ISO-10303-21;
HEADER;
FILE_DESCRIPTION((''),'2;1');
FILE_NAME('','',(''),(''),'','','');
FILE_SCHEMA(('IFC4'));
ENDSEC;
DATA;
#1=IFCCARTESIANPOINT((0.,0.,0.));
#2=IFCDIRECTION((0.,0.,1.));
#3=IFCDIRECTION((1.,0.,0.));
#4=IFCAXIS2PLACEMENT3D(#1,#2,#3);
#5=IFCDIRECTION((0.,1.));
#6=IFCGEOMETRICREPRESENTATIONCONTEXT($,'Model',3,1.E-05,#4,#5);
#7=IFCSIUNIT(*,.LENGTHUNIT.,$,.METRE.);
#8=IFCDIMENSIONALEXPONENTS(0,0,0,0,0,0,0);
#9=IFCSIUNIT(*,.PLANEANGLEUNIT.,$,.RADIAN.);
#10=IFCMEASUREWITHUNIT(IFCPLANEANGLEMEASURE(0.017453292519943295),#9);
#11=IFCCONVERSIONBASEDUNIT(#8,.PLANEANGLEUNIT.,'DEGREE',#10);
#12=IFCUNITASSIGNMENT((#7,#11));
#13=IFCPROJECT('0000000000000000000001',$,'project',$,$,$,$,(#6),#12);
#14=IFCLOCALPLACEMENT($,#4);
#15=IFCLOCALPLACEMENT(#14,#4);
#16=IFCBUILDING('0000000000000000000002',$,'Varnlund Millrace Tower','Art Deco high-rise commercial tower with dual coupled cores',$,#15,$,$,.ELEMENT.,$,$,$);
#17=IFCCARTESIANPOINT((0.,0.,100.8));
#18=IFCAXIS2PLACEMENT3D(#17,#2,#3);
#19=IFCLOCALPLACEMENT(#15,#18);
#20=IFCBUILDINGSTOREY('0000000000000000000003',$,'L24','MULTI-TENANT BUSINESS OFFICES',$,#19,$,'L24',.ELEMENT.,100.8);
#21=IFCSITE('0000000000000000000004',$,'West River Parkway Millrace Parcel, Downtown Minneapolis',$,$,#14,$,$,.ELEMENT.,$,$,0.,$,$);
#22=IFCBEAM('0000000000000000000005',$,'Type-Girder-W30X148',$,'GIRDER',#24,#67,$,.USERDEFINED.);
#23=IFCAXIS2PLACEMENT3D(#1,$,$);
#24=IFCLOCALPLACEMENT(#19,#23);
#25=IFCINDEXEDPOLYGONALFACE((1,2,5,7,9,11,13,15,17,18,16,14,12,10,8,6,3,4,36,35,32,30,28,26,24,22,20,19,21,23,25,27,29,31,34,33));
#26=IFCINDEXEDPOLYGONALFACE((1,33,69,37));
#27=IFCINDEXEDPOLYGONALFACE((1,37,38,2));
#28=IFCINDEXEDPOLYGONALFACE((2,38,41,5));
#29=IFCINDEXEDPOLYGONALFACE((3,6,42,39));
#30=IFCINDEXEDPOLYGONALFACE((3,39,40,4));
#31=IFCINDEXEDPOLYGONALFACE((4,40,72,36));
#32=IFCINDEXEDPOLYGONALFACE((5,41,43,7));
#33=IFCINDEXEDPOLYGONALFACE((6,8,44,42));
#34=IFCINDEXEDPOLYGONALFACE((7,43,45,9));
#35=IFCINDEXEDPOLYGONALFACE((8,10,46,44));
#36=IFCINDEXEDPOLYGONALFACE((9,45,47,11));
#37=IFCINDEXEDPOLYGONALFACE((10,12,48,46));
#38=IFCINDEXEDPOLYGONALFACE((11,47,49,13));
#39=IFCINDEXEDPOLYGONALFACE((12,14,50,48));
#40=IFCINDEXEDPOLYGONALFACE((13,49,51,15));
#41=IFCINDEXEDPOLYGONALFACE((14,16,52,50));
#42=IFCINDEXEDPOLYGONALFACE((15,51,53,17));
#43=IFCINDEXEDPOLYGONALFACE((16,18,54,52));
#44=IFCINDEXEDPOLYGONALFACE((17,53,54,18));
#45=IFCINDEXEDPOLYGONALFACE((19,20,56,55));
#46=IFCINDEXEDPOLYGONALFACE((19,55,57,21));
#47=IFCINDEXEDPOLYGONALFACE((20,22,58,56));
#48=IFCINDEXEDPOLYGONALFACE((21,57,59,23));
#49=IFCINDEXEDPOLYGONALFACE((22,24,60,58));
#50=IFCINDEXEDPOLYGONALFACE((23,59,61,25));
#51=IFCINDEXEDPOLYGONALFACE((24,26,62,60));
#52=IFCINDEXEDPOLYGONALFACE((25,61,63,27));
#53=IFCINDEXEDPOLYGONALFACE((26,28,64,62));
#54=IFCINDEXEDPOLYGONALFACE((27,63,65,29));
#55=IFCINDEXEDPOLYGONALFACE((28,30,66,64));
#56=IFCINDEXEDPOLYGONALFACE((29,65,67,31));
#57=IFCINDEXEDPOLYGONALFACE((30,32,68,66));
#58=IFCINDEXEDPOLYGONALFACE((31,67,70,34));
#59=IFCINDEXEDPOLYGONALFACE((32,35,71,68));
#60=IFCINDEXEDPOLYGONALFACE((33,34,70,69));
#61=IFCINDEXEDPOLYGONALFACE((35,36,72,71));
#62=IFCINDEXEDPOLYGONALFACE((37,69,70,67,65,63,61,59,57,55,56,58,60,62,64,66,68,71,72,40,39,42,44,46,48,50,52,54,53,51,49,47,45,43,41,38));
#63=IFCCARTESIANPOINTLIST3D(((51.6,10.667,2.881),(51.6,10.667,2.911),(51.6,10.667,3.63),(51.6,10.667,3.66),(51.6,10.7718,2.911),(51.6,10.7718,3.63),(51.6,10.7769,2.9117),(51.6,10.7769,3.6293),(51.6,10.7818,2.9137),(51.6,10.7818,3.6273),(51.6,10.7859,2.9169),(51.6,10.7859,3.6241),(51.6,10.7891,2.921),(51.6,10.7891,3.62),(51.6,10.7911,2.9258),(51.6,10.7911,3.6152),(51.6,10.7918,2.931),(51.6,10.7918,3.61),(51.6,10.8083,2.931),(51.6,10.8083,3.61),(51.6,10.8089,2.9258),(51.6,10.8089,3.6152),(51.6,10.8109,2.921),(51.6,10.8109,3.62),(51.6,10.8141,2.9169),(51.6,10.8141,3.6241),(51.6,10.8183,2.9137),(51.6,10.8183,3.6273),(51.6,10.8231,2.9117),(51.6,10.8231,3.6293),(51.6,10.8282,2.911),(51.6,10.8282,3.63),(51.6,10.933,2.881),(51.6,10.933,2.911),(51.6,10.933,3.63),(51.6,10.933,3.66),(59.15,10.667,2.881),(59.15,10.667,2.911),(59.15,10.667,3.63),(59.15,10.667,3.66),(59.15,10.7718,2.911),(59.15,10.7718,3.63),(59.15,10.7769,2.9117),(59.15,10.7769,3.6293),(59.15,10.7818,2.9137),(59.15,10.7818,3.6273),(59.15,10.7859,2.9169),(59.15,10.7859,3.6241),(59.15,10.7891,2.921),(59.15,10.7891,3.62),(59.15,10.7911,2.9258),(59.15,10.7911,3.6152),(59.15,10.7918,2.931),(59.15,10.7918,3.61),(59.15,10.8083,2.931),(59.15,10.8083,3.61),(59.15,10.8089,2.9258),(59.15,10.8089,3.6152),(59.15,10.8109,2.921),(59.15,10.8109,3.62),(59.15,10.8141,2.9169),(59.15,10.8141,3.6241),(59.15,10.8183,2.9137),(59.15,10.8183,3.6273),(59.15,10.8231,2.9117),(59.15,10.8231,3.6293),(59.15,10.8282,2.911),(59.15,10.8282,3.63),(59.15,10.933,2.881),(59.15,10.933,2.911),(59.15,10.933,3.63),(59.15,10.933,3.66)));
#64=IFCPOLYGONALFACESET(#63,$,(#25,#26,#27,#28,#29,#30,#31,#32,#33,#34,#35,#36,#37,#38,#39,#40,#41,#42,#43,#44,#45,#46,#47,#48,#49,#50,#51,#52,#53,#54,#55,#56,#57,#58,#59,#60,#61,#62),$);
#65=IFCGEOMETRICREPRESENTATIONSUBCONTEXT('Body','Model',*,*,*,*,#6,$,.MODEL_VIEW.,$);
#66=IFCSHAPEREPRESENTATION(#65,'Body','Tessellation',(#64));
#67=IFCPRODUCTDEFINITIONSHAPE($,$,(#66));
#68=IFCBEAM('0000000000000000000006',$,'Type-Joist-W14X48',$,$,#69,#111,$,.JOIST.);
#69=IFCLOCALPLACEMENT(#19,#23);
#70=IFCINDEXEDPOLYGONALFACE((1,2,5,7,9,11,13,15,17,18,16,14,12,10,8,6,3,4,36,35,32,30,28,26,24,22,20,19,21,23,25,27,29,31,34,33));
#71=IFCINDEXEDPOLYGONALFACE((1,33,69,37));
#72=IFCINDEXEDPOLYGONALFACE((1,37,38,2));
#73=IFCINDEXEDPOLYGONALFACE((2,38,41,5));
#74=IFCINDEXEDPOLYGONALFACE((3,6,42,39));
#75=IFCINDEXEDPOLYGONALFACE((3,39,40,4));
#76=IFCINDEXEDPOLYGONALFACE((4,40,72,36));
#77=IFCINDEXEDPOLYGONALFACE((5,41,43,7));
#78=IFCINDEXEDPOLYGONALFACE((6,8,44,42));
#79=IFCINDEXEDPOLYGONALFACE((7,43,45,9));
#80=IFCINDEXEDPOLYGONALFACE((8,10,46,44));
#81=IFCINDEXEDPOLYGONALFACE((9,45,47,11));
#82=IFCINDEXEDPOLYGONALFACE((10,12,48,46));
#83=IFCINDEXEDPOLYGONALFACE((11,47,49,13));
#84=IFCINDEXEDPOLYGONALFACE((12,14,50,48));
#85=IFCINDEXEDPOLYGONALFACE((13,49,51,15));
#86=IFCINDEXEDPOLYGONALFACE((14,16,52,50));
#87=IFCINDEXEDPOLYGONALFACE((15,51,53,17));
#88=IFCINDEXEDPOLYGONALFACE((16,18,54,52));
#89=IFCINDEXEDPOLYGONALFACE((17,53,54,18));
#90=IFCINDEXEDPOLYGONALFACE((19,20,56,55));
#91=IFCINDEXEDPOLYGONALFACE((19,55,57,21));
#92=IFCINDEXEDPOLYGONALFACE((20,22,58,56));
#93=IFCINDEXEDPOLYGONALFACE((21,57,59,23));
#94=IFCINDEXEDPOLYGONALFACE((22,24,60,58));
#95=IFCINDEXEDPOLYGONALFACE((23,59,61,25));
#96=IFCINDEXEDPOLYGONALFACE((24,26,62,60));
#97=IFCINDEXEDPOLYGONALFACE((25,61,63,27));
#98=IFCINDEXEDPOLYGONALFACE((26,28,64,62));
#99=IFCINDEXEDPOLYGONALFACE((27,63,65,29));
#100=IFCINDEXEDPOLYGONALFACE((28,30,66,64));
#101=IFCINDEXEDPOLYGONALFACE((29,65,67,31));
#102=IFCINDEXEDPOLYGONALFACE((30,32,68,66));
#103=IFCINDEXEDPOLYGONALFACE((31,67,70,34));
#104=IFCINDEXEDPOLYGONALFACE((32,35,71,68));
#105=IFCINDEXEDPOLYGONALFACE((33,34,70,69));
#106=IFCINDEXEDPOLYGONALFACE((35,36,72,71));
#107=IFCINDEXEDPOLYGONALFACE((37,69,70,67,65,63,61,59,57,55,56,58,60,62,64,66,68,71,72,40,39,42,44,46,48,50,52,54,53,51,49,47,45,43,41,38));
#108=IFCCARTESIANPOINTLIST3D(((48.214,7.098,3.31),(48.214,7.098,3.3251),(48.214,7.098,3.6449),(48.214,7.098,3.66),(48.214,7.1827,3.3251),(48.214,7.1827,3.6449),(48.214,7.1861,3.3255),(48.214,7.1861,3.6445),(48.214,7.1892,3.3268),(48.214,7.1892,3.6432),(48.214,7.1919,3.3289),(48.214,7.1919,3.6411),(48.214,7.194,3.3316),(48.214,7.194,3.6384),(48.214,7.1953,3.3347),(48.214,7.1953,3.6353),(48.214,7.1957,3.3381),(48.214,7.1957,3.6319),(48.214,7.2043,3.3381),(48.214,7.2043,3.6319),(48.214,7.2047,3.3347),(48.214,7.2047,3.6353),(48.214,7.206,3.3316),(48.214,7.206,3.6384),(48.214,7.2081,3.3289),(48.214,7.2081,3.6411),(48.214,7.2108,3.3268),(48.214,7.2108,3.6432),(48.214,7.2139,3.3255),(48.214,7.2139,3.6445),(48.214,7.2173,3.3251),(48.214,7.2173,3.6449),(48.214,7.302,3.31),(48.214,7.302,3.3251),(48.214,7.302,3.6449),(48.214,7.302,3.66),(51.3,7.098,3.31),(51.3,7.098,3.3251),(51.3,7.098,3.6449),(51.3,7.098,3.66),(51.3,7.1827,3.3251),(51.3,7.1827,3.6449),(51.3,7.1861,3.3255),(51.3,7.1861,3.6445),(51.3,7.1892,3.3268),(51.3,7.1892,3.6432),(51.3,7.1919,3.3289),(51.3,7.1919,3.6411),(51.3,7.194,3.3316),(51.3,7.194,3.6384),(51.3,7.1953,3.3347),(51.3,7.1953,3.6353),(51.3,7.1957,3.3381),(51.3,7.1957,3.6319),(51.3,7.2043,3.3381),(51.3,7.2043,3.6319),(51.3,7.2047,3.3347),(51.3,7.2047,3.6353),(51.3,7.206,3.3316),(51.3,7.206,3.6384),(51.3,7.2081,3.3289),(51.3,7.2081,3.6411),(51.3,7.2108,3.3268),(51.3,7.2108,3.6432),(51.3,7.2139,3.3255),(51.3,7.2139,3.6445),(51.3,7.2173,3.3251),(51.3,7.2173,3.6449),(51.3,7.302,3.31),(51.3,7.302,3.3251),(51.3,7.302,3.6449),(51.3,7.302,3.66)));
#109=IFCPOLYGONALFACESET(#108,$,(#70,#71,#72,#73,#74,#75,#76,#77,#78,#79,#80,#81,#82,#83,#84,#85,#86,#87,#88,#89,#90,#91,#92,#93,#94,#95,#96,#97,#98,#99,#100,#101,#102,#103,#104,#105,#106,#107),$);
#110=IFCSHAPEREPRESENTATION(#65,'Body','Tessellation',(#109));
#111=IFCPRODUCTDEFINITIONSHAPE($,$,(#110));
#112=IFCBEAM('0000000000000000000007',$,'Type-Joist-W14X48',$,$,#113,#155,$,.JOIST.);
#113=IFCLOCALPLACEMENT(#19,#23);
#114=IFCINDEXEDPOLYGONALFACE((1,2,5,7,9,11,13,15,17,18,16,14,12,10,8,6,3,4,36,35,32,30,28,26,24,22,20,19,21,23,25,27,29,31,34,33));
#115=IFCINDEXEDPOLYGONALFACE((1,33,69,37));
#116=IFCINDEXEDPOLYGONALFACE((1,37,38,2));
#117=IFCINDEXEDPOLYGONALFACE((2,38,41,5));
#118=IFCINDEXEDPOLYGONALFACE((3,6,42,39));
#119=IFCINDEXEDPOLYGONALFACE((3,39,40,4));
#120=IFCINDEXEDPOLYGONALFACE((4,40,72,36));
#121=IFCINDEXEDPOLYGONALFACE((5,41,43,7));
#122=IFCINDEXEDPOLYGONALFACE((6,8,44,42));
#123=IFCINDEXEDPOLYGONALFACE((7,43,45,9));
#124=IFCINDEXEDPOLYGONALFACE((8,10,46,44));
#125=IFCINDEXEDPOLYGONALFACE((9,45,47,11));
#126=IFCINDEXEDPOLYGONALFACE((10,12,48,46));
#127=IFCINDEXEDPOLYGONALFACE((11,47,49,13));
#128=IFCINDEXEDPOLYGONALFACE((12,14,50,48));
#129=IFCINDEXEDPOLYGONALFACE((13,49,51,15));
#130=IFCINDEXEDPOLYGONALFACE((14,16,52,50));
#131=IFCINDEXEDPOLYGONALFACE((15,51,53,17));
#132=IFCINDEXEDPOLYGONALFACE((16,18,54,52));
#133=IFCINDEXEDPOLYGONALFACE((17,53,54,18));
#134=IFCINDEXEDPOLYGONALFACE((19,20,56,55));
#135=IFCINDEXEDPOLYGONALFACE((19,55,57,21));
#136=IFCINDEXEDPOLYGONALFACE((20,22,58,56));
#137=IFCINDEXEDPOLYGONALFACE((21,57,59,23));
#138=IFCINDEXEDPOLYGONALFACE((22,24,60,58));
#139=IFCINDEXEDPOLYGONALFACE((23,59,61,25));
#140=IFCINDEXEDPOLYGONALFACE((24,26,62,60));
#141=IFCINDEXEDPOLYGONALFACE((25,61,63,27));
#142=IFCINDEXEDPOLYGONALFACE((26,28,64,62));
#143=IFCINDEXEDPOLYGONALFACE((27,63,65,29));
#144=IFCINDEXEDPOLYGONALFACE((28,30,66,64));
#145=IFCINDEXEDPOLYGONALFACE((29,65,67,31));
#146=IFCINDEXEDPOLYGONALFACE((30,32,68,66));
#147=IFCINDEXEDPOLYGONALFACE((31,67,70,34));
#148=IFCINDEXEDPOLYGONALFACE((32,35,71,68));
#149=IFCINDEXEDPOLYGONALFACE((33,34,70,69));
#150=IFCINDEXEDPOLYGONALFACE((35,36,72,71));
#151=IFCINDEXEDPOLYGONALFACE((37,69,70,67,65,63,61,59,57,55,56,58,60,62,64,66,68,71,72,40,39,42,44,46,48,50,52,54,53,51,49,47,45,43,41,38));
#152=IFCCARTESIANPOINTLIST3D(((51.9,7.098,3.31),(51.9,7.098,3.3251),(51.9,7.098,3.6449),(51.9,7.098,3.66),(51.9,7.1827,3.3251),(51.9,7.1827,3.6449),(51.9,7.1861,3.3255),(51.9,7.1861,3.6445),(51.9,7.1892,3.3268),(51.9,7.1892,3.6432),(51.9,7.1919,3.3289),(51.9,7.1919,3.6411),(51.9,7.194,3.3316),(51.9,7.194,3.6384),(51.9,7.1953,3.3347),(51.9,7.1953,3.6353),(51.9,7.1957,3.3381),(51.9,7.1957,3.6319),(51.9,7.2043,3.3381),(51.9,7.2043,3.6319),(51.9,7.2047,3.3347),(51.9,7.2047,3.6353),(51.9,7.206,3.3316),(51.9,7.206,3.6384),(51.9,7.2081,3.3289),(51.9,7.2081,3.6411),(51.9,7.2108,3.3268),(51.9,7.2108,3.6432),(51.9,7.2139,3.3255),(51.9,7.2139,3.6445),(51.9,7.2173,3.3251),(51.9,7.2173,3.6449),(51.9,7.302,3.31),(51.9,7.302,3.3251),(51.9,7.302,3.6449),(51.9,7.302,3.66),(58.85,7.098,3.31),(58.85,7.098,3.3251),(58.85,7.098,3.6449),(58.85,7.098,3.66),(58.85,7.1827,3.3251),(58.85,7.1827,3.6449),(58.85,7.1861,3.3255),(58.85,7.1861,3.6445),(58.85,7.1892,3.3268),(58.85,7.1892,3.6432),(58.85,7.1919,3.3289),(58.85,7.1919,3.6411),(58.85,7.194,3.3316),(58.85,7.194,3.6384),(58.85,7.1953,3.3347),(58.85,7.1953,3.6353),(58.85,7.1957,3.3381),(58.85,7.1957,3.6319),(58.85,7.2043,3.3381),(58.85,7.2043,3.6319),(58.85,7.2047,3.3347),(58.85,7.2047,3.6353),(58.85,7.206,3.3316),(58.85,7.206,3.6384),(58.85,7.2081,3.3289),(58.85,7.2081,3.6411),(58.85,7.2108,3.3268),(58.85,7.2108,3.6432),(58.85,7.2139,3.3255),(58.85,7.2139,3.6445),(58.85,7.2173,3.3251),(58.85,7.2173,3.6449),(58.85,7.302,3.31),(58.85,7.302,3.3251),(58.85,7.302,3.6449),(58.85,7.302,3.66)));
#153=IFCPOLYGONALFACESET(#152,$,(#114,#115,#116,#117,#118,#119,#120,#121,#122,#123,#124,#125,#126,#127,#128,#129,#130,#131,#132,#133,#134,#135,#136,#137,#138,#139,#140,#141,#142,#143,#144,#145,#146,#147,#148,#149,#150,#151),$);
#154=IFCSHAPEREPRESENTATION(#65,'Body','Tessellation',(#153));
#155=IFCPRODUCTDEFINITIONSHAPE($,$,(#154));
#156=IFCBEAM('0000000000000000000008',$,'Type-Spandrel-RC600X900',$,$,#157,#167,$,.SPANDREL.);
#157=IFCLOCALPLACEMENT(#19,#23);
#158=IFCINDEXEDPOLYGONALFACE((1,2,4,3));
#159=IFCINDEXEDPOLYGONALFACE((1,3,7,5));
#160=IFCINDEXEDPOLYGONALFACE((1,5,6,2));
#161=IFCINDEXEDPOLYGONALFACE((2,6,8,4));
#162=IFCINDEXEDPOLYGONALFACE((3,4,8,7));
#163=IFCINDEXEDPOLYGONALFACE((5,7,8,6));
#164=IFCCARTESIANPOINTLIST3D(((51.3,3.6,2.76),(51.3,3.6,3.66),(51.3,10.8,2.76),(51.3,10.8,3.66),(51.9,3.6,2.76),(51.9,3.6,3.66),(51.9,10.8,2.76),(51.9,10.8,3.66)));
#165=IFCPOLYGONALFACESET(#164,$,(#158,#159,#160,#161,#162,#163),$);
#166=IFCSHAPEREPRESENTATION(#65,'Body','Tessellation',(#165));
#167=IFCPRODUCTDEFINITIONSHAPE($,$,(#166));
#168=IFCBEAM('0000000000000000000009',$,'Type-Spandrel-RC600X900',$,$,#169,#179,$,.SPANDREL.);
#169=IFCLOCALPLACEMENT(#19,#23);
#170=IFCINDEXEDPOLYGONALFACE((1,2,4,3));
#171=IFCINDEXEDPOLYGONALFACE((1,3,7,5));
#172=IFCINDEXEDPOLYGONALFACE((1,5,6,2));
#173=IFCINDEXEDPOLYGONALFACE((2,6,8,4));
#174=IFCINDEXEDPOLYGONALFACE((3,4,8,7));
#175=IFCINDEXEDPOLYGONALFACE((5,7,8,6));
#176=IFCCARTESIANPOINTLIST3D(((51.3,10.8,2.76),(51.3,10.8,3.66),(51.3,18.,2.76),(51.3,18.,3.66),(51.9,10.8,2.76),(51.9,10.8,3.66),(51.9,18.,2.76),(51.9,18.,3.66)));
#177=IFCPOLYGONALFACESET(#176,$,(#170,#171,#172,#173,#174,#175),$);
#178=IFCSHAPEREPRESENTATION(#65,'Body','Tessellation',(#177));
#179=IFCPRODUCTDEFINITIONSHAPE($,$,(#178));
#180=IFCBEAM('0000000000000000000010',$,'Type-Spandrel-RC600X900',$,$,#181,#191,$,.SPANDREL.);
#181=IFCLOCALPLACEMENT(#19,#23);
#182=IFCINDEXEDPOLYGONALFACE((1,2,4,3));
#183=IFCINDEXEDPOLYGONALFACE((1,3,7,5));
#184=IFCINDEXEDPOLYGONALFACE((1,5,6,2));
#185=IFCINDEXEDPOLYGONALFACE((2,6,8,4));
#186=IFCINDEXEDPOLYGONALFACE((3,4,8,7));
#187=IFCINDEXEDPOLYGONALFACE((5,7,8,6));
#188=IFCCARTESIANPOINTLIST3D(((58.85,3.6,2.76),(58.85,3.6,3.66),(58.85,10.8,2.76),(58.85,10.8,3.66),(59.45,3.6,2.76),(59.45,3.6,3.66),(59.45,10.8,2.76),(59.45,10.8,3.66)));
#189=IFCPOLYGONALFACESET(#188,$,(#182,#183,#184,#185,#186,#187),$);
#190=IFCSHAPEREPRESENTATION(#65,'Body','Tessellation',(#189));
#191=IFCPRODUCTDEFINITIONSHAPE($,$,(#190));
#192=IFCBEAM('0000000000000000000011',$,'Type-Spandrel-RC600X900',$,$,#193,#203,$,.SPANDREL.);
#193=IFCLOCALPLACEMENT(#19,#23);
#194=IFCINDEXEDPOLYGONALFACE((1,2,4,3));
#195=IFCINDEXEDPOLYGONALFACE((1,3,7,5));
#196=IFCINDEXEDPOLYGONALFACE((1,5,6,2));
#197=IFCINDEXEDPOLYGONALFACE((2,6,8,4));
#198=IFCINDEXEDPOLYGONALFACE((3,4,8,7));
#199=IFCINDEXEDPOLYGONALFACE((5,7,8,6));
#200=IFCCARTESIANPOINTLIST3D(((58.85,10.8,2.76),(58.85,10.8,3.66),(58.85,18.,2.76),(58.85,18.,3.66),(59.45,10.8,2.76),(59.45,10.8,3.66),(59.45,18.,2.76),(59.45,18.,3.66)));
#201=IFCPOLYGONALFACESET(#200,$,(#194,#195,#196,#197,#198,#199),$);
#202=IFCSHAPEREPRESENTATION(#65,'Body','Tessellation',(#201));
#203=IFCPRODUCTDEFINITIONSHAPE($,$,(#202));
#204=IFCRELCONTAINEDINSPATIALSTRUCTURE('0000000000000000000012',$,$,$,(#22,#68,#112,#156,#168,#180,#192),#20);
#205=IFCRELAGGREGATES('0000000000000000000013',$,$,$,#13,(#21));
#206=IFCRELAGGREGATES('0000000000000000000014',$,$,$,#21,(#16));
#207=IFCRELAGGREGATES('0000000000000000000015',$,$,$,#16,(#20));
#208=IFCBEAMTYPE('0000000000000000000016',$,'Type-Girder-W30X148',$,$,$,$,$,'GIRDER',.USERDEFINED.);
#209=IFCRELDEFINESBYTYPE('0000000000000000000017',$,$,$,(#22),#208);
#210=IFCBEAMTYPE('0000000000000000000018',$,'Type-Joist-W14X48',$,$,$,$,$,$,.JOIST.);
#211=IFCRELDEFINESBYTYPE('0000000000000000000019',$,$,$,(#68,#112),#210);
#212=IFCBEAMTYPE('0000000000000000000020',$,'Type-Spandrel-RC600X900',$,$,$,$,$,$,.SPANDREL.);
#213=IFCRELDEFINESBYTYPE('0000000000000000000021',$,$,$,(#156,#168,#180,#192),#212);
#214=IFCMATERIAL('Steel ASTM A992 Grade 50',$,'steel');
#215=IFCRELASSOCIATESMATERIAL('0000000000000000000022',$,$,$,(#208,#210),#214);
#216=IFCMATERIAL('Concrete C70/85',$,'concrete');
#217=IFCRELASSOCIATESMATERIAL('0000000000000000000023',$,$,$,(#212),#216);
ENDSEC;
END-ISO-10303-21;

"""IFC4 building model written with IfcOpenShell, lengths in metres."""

from ifc_helpers import new_model, entity, si_unit, converted_unit, direction, frame, origin_with_axes, origin_2d_with_axis, place, context, subcontext, project, spatial, rectangle, i_section, extrude, material, material_profile, profile_set, type_object, element, save


model = new_model("IFC4")

# Units and contexts
model_context = context("Model", 3, precision=1e-05, world=origin_with_axes(), true_north=direction((0.0, 1.0)))
body_context = subcontext(model_context, "Body", "Model", "MODEL_VIEW")
ifc_project = project(units=[si_unit("LENGTHUNIT", "METRE"), converted_unit("PLANEANGLEUNIT", "DEGREE", entity("IfcPlaneAngleMeasure", 0.017453292519943295), si_unit("PLANEANGLEUNIT", "RADIAN"), dimensions=[0, 0, 0, 0, 0, 0, 0])], contexts=[model_context])

# Site, building, storey
site_placement = place(None, origin_with_axes())
site = spatial("IfcSite", under=ifc_project, at=site_placement, Name="West River Parkway Millrace Parcel, Downtown Minneapolis", CompositionType="ELEMENT", RefElevation=0.0)
building_placement = place(site_placement, origin_with_axes())
building = spatial("IfcBuilding", under=site, at=building_placement, Name="Varnlund Millrace Tower", Description="Art Deco high-rise commercial tower with dual coupled cores", CompositionType="ELEMENT")
storey_placement = place(building_placement, frame((0.0, 0.0, 100.8), z_axis=(0.0, 0.0, 1.0), x_axis=(1.0, 0.0, 0.0)))
storey = spatial("IfcBuildingStorey", under=building, at=storey_placement, Name="L24", Description="MULTI-TENANT BUSINESS OFFICES", LongName="L24", CompositionType="ELEMENT", Elevation=100.8)

# Beams
ifc_material_1 = material(Name="Steel ASTM A992 Grade 50", Category="steel")
ifc_material_profile_1 = material_profile(ifc_material_1, i_section(OverallWidth=0.266, OverallDepth=0.779, WebThickness=0.0165, FlangeThickness=0.03, FilletRadius=0.02, at=origin_2d_with_axis()), Name="Steel ASTM A992 Grade 50")
ifc_profile_set_1 = profile_set([ifc_material_profile_1], Name="Steel ASTM A992 Grade 50")
beam_type_1 = type_object("IfcBeamType", Name="Type-Girder-W30X148", ElementType="GIRDER", PredefinedType="USERDEFINED", material=ifc_profile_set_1)
beam_1_placement = place(storey_placement, frame((51.6, 10.8, 3.2705), z_axis=(1.0, 0.0, 0.0), x_axis=(0.0, 1.0, 0.0)))
element("IfcBeam", 1, at=beam_1_placement, inside=storey, type_object=beam_type_1, Name="Type-Girder-W30X148", ObjectType="GIRDER", PredefinedType="USERDEFINED", context=body_context, shape_type="SweptSolid", body=[
    extrude(i_section(OverallWidth=0.266, OverallDepth=0.779, WebThickness=0.0165, FlangeThickness=0.03, FilletRadius=0.02, at=origin_2d_with_axis()), origin_with_axes(), (0.0, 0.0, 1.0), 7.55),
])
ifc_material_profile_2 = material_profile(ifc_material_1, i_section(OverallWidth=0.204, OverallDepth=0.35, WebThickness=0.0086, FlangeThickness=0.0151, FilletRadius=0.013, at=origin_2d_with_axis()), Name="Steel ASTM A992 Grade 50")
ifc_profile_set_2 = profile_set([ifc_material_profile_2], Name="Steel ASTM A992 Grade 50")
beam_type_2 = type_object("IfcBeamType", Name="Type-Joist-W14X48", PredefinedType="JOIST", material=ifc_profile_set_2)
beam_2_placement = place(storey_placement, frame((48.214, 7.2, 3.485), z_axis=(1.0, 0.0, 0.0), x_axis=(0.0, 1.0, 0.0)))
element("IfcBeam", 2, at=beam_2_placement, inside=storey, type_object=beam_type_2, Name="Type-Joist-W14X48", PredefinedType="JOIST", context=body_context, shape_type="SweptSolid", body=[
    extrude(i_section(OverallWidth=0.204, OverallDepth=0.35, WebThickness=0.0086, FlangeThickness=0.0151, FilletRadius=0.013, at=origin_2d_with_axis()), origin_with_axes(), (0.0, 0.0, 1.0), 3.086),
])
beam_3_placement = place(storey_placement, frame((51.9, 7.2, 3.485), z_axis=(1.0, 0.0, 0.0), x_axis=(0.0, 1.0, 0.0)))
element("IfcBeam", 3, at=beam_3_placement, inside=storey, type_object=beam_type_2, Name="Type-Joist-W14X48", PredefinedType="JOIST", context=body_context, shape_type="SweptSolid", body=[
    extrude(i_section(OverallWidth=0.204, OverallDepth=0.35, WebThickness=0.0086, FlangeThickness=0.0151, FilletRadius=0.013, at=origin_2d_with_axis()), origin_with_axes(), (0.0, 0.0, 1.0), 6.95),
])
ifc_material_2 = material(Name="Concrete C70/85", Category="concrete")
ifc_material_profile_3 = material_profile(ifc_material_2, rectangle(XDim=0.6, YDim=0.9, at=origin_2d_with_axis()), Name="Concrete C70/85")
ifc_profile_set_3 = profile_set([ifc_material_profile_3], Name="Concrete C70/85")
beam_type_3 = type_object("IfcBeamType", Name="Type-Spandrel-RC600X900", PredefinedType="SPANDREL", material=ifc_profile_set_3)
for number, where, z_axis, x_axis, name in (
    (4, (51.6, 3.6, 3.21), (0.0, 1.0, 0.0), (-1.0, 0.0, 0.0), "Type-Spandrel-RC600X900"),
    (5, (51.6, 10.8, 3.21), (0.0, 1.0, 0.0), (-1.0, 0.0, 0.0), "Type-Spandrel-RC600X900"),
    (6, (59.15, 3.6, 3.21), (0.0, 1.0, 0.0), (-1.0, 0.0, 0.0), "Type-Spandrel-RC600X900"),
    (7, (59.15, 10.8, 3.21), (0.0, 1.0, 0.0), (-1.0, 0.0, 0.0), "Type-Spandrel-RC600X900"),
):
    element("IfcBeam", number, at=place(storey_placement, frame(where, z_axis=z_axis, x_axis=x_axis)), inside=storey, type_object=beam_type_3, Name=name, PredefinedType="SPANDREL", context=body_context, shape_type="SweptSolid", body=[
        extrude(rectangle(XDim=0.6, YDim=0.9, at=origin_2d_with_axis()), origin_with_axes(), (0.0, 0.0, 1.0), 7.2),
    ])

save(model, "model.ifc")
